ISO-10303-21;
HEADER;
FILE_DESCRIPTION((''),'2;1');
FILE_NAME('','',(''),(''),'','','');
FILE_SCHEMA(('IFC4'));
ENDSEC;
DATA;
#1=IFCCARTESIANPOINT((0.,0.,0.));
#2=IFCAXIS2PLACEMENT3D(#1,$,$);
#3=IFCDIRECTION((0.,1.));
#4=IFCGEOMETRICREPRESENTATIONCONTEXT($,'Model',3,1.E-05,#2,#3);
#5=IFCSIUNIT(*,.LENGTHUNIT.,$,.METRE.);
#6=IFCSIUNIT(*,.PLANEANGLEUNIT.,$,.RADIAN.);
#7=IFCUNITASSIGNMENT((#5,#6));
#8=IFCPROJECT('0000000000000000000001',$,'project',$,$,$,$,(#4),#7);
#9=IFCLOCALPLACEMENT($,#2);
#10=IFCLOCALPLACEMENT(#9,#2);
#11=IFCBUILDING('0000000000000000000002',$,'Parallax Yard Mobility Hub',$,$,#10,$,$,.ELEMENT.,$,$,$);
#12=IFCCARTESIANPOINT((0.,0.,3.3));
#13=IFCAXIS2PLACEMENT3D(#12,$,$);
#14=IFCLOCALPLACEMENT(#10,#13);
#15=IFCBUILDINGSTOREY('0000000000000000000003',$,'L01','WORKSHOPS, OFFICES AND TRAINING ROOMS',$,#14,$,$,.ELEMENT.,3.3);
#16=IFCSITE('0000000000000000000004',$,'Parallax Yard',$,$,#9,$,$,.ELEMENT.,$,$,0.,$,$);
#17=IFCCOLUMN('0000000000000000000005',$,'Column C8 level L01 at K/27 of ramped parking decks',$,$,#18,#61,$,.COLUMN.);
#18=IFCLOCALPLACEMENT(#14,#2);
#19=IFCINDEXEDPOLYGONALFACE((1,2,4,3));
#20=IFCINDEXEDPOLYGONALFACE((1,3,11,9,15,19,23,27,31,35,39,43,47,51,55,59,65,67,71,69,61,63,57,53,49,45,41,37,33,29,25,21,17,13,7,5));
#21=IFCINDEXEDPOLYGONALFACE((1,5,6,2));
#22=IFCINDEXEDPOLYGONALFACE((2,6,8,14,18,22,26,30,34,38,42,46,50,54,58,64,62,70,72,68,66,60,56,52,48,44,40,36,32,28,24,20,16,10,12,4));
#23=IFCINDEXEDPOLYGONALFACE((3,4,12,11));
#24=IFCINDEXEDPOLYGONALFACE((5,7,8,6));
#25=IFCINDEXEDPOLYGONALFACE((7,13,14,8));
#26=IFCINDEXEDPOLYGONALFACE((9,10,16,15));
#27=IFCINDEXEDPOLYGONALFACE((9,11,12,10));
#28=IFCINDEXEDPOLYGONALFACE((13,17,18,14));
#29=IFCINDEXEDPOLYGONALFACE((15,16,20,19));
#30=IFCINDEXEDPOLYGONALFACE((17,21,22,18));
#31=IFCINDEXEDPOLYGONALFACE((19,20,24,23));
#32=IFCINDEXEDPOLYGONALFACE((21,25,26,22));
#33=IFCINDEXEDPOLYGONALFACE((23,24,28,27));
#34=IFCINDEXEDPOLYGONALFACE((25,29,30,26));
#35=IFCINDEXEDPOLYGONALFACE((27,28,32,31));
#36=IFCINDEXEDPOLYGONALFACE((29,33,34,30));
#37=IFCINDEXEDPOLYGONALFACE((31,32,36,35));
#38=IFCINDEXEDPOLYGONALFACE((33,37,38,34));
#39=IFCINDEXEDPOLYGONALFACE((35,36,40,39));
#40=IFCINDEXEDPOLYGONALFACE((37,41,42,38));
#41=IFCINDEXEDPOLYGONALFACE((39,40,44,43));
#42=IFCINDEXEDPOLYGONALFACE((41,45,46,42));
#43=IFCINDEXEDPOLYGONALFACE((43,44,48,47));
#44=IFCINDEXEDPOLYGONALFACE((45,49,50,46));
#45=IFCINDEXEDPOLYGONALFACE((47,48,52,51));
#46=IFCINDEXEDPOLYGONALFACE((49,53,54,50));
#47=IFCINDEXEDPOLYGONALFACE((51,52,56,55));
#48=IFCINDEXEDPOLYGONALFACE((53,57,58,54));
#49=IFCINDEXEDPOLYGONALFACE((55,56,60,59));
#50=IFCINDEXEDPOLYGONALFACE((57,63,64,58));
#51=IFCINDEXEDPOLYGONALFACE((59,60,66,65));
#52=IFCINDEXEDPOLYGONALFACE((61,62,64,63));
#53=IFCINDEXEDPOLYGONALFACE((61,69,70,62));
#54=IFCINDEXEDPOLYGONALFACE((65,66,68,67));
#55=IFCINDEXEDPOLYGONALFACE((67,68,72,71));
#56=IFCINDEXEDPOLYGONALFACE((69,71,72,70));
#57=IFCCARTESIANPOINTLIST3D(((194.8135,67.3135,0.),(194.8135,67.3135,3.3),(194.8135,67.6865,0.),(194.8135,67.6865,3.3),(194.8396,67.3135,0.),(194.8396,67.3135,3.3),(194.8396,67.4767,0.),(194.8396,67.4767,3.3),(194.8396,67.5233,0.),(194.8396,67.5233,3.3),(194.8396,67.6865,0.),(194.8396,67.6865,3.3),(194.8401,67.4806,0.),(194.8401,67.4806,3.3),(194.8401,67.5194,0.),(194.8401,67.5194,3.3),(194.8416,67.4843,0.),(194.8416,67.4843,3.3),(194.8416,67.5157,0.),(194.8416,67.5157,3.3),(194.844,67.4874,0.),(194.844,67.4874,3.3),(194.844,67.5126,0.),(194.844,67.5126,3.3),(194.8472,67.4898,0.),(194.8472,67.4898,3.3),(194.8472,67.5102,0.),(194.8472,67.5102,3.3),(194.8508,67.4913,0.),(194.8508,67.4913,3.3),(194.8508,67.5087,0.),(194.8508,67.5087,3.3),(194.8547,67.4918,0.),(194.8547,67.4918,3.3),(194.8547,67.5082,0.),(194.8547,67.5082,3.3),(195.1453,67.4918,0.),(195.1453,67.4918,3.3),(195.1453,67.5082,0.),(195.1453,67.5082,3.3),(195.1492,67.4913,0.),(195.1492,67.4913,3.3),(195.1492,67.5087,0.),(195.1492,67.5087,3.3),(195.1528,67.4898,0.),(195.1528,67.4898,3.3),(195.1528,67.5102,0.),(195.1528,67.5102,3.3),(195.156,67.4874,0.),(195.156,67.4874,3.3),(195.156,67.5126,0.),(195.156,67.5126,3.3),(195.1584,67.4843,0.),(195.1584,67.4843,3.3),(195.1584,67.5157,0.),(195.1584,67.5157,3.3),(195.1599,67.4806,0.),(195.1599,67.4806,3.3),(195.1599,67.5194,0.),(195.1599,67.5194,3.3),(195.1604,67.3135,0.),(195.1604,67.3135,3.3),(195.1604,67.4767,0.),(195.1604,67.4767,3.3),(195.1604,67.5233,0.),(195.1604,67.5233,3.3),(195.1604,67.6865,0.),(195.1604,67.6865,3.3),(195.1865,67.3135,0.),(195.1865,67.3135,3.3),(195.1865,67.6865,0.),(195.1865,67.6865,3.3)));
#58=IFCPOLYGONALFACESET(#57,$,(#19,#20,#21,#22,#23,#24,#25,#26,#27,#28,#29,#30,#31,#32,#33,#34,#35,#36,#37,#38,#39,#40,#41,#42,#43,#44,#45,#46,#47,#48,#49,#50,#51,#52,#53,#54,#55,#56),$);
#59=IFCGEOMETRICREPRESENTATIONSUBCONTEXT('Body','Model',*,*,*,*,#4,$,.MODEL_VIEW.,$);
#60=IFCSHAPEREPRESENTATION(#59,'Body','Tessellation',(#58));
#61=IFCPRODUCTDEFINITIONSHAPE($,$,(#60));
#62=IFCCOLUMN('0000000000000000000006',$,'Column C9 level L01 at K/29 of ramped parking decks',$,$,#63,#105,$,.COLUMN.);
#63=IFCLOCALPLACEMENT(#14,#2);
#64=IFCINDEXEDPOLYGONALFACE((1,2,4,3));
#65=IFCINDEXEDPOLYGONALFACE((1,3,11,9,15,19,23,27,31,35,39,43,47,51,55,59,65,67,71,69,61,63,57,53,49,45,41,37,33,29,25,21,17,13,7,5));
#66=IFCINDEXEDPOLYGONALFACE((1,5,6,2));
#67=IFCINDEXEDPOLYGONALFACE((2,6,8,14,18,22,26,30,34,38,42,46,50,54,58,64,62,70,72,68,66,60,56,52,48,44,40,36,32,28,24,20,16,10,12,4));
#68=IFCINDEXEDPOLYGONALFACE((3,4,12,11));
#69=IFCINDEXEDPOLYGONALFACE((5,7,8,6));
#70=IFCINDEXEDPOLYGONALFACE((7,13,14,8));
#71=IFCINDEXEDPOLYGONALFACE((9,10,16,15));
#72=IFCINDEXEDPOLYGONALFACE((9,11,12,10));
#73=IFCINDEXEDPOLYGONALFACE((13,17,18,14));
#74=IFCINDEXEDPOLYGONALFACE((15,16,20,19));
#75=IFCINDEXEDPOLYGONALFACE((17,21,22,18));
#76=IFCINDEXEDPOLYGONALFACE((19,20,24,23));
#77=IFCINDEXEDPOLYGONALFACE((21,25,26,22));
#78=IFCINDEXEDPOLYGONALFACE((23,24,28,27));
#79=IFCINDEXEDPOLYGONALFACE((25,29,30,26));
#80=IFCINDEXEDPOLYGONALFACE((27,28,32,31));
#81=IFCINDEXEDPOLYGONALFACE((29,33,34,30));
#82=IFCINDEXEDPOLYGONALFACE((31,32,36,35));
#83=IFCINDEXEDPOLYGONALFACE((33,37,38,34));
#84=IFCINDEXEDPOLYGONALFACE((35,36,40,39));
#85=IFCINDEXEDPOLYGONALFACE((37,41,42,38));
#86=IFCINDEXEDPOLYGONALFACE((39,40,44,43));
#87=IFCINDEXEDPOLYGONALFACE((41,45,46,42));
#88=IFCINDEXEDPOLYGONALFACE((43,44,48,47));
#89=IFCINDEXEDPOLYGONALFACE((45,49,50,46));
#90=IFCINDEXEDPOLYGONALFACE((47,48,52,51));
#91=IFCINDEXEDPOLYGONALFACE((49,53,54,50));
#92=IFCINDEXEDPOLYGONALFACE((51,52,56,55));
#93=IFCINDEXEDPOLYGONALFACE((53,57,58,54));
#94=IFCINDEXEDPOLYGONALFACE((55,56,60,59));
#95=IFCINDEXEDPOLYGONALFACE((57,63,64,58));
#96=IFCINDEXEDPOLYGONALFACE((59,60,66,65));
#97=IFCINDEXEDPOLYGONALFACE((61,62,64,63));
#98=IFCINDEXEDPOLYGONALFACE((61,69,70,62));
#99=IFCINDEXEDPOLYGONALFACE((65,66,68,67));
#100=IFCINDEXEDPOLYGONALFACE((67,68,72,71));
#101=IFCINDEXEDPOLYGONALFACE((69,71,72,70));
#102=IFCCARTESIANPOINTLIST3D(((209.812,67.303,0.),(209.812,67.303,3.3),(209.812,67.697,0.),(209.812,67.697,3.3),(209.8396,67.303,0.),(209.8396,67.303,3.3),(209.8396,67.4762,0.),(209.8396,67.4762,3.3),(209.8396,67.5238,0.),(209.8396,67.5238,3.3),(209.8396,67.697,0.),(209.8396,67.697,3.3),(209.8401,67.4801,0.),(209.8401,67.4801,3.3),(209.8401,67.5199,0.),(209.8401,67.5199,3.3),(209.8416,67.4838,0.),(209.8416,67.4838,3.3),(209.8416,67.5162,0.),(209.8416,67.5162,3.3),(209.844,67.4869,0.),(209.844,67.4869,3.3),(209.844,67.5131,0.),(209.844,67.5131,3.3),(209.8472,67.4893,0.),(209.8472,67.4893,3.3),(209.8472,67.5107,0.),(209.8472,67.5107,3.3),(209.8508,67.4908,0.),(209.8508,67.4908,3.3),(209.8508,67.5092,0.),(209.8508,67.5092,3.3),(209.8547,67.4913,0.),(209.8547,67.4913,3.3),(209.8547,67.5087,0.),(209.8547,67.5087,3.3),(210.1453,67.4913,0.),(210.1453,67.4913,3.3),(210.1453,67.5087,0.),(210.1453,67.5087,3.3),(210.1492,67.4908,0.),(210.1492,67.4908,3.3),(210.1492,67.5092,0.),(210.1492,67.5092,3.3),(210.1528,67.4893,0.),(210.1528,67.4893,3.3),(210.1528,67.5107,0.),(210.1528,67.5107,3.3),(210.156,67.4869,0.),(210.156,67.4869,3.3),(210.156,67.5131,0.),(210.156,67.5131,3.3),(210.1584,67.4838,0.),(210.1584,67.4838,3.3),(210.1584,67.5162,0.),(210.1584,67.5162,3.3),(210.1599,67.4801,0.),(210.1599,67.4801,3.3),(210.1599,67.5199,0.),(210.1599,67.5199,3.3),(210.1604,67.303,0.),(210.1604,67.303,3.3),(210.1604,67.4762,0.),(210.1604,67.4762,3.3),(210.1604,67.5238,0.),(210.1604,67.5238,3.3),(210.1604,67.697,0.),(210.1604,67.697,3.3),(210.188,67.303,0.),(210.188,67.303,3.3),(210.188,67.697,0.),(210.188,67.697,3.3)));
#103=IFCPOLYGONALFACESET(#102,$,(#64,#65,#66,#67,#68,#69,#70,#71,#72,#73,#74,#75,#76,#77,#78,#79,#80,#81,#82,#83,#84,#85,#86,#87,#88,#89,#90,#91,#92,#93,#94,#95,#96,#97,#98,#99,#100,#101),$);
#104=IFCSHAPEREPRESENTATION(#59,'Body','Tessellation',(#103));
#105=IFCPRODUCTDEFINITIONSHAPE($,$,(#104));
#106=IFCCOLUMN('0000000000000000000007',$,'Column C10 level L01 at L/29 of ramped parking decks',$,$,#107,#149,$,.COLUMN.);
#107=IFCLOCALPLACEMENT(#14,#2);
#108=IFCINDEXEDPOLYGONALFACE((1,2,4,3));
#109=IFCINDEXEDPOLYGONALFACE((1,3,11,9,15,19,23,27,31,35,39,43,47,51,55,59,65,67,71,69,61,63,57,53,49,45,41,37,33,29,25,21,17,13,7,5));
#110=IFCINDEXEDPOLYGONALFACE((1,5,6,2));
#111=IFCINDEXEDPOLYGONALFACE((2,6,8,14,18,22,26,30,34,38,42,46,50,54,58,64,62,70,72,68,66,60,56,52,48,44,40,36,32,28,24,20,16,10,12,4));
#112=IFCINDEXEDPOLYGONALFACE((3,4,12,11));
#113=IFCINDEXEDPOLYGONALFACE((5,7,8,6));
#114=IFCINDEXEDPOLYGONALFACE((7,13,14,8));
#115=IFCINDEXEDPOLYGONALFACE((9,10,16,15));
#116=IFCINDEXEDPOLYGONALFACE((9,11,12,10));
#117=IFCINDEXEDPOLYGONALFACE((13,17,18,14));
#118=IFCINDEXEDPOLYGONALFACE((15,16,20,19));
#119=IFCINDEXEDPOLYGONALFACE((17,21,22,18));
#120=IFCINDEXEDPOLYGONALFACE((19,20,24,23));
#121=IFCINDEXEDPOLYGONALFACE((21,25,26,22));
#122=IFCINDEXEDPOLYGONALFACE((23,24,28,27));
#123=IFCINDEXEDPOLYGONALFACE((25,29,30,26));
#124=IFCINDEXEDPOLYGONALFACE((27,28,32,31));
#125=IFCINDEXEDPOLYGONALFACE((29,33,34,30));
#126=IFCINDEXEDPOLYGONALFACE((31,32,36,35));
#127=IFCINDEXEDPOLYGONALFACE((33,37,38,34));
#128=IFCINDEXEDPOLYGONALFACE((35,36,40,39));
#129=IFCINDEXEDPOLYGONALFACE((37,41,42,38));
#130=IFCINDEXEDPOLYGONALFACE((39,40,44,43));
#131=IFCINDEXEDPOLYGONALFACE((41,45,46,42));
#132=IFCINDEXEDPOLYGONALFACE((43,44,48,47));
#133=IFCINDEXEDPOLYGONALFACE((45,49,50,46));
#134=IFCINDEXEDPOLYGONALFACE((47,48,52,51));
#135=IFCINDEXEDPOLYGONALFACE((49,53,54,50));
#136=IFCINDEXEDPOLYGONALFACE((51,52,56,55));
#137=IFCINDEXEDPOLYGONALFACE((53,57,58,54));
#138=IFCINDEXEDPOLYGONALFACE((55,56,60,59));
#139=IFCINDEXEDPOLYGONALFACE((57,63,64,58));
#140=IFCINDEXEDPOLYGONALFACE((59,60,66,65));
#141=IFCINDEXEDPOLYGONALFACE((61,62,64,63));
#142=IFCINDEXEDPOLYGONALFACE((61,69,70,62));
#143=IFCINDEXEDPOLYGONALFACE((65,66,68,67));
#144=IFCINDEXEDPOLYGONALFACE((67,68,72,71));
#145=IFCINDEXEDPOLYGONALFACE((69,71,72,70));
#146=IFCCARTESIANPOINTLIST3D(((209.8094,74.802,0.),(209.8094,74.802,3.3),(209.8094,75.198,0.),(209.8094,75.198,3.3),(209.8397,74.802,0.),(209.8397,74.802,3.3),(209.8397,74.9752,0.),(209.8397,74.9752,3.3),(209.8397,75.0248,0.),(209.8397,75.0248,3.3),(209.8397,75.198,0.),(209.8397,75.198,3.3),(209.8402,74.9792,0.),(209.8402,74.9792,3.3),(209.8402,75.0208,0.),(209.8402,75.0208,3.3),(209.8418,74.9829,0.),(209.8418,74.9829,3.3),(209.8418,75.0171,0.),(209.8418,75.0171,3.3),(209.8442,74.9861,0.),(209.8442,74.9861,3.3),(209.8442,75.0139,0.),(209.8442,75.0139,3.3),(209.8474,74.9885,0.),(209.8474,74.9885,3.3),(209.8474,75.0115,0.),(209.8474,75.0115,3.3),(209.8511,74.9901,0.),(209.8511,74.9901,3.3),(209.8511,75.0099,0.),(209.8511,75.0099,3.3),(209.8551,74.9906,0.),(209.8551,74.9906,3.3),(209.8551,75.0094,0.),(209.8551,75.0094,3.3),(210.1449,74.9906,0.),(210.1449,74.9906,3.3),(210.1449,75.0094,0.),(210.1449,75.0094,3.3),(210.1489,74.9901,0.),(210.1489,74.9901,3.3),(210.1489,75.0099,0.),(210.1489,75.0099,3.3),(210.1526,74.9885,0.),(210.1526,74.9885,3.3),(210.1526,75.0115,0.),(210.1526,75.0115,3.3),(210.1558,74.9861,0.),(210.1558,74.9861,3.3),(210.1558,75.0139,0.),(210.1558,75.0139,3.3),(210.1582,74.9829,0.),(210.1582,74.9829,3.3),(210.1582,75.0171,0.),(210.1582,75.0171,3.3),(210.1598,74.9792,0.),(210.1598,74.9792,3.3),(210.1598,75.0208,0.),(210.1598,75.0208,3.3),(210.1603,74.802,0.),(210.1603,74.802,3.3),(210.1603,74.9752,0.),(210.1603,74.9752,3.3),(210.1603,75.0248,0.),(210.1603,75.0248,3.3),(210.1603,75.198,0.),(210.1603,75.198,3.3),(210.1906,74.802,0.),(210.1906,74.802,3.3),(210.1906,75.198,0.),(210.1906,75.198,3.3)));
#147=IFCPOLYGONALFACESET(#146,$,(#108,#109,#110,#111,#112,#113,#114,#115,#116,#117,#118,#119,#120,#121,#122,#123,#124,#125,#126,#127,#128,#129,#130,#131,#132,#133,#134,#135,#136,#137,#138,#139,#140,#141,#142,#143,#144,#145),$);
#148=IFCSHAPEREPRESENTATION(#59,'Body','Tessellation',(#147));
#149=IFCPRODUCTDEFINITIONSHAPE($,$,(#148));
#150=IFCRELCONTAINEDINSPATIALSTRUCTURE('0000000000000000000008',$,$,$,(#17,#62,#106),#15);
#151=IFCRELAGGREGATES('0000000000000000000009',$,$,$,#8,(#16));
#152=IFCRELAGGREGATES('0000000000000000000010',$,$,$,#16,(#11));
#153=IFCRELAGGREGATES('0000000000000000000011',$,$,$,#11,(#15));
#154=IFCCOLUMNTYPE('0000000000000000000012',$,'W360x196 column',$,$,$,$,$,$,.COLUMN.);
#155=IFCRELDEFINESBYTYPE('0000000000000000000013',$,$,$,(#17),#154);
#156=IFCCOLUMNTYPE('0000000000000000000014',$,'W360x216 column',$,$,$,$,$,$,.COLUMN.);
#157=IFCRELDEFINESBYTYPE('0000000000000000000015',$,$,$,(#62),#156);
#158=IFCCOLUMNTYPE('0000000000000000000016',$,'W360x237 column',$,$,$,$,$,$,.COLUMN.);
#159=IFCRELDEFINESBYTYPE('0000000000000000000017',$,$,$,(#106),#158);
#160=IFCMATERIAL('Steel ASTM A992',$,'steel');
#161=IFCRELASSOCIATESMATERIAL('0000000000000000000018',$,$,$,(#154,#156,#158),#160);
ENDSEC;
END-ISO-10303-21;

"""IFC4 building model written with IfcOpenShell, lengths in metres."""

from ifc_helpers import new_model, si_unit, direction, frame, origin, origin_2d, place, context, subcontext, project, spatial, i_section, extrude, material, material_profile, profile_set, type_object, element, save


model = new_model("IFC4")

# Units and contexts
model_context = context("Model", 3, precision=1e-05, world=origin(), true_north=direction((0.0, 1.0)))
body_context = subcontext(model_context, "Body", "Model", "MODEL_VIEW")
ifc_project = project(units=[si_unit("LENGTHUNIT", "METRE"), si_unit("PLANEANGLEUNIT", "RADIAN")], contexts=[model_context])

# Site, building, storey
site_placement = place(None, origin())
site = spatial("IfcSite", under=ifc_project, at=site_placement, Name="Parallax Yard", CompositionType="ELEMENT", RefElevation=0.0)
building_placement = place(site_placement, origin())
building = spatial("IfcBuilding", under=site, at=building_placement, Name="Parallax Yard Mobility Hub", CompositionType="ELEMENT")
storey_placement = place(building_placement, frame((0.0, 0.0, 3.3)))
storey = spatial("IfcBuildingStorey", under=building, at=storey_placement, Name="L01", Description="WORKSHOPS, OFFICES AND TRAINING ROOMS", CompositionType="ELEMENT", Elevation=3.3)

# Columns
ifc_material_1 = material(Name="Steel ASTM A992", Category="steel")
ifc_material_profile_1 = material_profile(ifc_material_1, i_section(OverallWidth=0.373, OverallDepth=0.373, WebThickness=0.0164, FlangeThickness=0.0261, FilletRadius=0.0151, at=origin_2d()), Name="W360x196")
ifc_profile_set_1 = profile_set([ifc_material_profile_1], Name="Steel ASTM A992")
column_type_1 = type_object("IfcColumnType", Name="W360x196 column", PredefinedType="COLUMN", material=ifc_profile_set_1)
column_1_placement = place(storey_placement, frame((195.0, 67.5, 0.0), z_axis=(0.0, 0.0, 1.0), x_axis=(0.0, 1.0, 0.0)))
element("IfcColumn", 1, at=column_1_placement, inside=storey, type_object=column_type_1, Name="Column C8 level L01 at K/27 of ramped parking decks", PredefinedType="COLUMN", context=body_context, shape_type="SweptSolid", body=[
    extrude(i_section(OverallWidth=0.373, OverallDepth=0.373, WebThickness=0.0164, FlangeThickness=0.0261, FilletRadius=0.0151, at=origin_2d()), origin(), (0.0, 0.0, 1.0), 3.3),
])
ifc_material_profile_2 = material_profile(ifc_material_1, i_section(OverallWidth=0.394, OverallDepth=0.376, WebThickness=0.0173, FlangeThickness=0.0276, FilletRadius=0.0151, at=origin_2d()), Name="W360x216")
ifc_profile_set_2 = profile_set([ifc_material_profile_2], Name="Steel ASTM A992")
column_type_2 = type_object("IfcColumnType", Name="W360x216 column", PredefinedType="COLUMN", material=ifc_profile_set_2)
column_2_placement = place(storey_placement, frame((210.0, 67.5, 0.0), z_axis=(0.0, 0.0, 1.0), x_axis=(0.0, 1.0, 0.0)))
element("IfcColumn", 2, at=column_2_placement, inside=storey, type_object=column_type_2, Name="Column C9 level L01 at K/29 of ramped parking decks", PredefinedType="COLUMN", context=body_context, shape_type="SweptSolid", body=[
    extrude(i_section(OverallWidth=0.394, OverallDepth=0.376, WebThickness=0.0173, FlangeThickness=0.0276, FilletRadius=0.0151, at=origin_2d()), origin(), (0.0, 0.0, 1.0), 3.3),
])
ifc_material_profile_3 = material_profile(ifc_material_1, i_section(OverallWidth=0.396, OverallDepth=0.3811, WebThickness=0.0188, FlangeThickness=0.0303, FilletRadius=0.0154, at=origin_2d()), Name="W360x237")
ifc_profile_set_3 = profile_set([ifc_material_profile_3], Name="Steel ASTM A992")
column_type_3 = type_object("IfcColumnType", Name="W360x237 column", PredefinedType="COLUMN", material=ifc_profile_set_3)
column_3_placement = place(storey_placement, frame((210.0, 75.0, 0.0), z_axis=(0.0, 0.0, 1.0), x_axis=(0.0, 1.0, 0.0)))
element("IfcColumn", 3, at=column_3_placement, inside=storey, type_object=column_type_3, Name="Column C10 level L01 at L/29 of ramped parking decks", PredefinedType="COLUMN", context=body_context, shape_type="SweptSolid", body=[
    extrude(i_section(OverallWidth=0.396, OverallDepth=0.3811, WebThickness=0.0188, FlangeThickness=0.0303, FilletRadius=0.0154, at=origin_2d()), origin(), (0.0, 0.0, 1.0), 3.3),
])

save(model, "model.ifc")
